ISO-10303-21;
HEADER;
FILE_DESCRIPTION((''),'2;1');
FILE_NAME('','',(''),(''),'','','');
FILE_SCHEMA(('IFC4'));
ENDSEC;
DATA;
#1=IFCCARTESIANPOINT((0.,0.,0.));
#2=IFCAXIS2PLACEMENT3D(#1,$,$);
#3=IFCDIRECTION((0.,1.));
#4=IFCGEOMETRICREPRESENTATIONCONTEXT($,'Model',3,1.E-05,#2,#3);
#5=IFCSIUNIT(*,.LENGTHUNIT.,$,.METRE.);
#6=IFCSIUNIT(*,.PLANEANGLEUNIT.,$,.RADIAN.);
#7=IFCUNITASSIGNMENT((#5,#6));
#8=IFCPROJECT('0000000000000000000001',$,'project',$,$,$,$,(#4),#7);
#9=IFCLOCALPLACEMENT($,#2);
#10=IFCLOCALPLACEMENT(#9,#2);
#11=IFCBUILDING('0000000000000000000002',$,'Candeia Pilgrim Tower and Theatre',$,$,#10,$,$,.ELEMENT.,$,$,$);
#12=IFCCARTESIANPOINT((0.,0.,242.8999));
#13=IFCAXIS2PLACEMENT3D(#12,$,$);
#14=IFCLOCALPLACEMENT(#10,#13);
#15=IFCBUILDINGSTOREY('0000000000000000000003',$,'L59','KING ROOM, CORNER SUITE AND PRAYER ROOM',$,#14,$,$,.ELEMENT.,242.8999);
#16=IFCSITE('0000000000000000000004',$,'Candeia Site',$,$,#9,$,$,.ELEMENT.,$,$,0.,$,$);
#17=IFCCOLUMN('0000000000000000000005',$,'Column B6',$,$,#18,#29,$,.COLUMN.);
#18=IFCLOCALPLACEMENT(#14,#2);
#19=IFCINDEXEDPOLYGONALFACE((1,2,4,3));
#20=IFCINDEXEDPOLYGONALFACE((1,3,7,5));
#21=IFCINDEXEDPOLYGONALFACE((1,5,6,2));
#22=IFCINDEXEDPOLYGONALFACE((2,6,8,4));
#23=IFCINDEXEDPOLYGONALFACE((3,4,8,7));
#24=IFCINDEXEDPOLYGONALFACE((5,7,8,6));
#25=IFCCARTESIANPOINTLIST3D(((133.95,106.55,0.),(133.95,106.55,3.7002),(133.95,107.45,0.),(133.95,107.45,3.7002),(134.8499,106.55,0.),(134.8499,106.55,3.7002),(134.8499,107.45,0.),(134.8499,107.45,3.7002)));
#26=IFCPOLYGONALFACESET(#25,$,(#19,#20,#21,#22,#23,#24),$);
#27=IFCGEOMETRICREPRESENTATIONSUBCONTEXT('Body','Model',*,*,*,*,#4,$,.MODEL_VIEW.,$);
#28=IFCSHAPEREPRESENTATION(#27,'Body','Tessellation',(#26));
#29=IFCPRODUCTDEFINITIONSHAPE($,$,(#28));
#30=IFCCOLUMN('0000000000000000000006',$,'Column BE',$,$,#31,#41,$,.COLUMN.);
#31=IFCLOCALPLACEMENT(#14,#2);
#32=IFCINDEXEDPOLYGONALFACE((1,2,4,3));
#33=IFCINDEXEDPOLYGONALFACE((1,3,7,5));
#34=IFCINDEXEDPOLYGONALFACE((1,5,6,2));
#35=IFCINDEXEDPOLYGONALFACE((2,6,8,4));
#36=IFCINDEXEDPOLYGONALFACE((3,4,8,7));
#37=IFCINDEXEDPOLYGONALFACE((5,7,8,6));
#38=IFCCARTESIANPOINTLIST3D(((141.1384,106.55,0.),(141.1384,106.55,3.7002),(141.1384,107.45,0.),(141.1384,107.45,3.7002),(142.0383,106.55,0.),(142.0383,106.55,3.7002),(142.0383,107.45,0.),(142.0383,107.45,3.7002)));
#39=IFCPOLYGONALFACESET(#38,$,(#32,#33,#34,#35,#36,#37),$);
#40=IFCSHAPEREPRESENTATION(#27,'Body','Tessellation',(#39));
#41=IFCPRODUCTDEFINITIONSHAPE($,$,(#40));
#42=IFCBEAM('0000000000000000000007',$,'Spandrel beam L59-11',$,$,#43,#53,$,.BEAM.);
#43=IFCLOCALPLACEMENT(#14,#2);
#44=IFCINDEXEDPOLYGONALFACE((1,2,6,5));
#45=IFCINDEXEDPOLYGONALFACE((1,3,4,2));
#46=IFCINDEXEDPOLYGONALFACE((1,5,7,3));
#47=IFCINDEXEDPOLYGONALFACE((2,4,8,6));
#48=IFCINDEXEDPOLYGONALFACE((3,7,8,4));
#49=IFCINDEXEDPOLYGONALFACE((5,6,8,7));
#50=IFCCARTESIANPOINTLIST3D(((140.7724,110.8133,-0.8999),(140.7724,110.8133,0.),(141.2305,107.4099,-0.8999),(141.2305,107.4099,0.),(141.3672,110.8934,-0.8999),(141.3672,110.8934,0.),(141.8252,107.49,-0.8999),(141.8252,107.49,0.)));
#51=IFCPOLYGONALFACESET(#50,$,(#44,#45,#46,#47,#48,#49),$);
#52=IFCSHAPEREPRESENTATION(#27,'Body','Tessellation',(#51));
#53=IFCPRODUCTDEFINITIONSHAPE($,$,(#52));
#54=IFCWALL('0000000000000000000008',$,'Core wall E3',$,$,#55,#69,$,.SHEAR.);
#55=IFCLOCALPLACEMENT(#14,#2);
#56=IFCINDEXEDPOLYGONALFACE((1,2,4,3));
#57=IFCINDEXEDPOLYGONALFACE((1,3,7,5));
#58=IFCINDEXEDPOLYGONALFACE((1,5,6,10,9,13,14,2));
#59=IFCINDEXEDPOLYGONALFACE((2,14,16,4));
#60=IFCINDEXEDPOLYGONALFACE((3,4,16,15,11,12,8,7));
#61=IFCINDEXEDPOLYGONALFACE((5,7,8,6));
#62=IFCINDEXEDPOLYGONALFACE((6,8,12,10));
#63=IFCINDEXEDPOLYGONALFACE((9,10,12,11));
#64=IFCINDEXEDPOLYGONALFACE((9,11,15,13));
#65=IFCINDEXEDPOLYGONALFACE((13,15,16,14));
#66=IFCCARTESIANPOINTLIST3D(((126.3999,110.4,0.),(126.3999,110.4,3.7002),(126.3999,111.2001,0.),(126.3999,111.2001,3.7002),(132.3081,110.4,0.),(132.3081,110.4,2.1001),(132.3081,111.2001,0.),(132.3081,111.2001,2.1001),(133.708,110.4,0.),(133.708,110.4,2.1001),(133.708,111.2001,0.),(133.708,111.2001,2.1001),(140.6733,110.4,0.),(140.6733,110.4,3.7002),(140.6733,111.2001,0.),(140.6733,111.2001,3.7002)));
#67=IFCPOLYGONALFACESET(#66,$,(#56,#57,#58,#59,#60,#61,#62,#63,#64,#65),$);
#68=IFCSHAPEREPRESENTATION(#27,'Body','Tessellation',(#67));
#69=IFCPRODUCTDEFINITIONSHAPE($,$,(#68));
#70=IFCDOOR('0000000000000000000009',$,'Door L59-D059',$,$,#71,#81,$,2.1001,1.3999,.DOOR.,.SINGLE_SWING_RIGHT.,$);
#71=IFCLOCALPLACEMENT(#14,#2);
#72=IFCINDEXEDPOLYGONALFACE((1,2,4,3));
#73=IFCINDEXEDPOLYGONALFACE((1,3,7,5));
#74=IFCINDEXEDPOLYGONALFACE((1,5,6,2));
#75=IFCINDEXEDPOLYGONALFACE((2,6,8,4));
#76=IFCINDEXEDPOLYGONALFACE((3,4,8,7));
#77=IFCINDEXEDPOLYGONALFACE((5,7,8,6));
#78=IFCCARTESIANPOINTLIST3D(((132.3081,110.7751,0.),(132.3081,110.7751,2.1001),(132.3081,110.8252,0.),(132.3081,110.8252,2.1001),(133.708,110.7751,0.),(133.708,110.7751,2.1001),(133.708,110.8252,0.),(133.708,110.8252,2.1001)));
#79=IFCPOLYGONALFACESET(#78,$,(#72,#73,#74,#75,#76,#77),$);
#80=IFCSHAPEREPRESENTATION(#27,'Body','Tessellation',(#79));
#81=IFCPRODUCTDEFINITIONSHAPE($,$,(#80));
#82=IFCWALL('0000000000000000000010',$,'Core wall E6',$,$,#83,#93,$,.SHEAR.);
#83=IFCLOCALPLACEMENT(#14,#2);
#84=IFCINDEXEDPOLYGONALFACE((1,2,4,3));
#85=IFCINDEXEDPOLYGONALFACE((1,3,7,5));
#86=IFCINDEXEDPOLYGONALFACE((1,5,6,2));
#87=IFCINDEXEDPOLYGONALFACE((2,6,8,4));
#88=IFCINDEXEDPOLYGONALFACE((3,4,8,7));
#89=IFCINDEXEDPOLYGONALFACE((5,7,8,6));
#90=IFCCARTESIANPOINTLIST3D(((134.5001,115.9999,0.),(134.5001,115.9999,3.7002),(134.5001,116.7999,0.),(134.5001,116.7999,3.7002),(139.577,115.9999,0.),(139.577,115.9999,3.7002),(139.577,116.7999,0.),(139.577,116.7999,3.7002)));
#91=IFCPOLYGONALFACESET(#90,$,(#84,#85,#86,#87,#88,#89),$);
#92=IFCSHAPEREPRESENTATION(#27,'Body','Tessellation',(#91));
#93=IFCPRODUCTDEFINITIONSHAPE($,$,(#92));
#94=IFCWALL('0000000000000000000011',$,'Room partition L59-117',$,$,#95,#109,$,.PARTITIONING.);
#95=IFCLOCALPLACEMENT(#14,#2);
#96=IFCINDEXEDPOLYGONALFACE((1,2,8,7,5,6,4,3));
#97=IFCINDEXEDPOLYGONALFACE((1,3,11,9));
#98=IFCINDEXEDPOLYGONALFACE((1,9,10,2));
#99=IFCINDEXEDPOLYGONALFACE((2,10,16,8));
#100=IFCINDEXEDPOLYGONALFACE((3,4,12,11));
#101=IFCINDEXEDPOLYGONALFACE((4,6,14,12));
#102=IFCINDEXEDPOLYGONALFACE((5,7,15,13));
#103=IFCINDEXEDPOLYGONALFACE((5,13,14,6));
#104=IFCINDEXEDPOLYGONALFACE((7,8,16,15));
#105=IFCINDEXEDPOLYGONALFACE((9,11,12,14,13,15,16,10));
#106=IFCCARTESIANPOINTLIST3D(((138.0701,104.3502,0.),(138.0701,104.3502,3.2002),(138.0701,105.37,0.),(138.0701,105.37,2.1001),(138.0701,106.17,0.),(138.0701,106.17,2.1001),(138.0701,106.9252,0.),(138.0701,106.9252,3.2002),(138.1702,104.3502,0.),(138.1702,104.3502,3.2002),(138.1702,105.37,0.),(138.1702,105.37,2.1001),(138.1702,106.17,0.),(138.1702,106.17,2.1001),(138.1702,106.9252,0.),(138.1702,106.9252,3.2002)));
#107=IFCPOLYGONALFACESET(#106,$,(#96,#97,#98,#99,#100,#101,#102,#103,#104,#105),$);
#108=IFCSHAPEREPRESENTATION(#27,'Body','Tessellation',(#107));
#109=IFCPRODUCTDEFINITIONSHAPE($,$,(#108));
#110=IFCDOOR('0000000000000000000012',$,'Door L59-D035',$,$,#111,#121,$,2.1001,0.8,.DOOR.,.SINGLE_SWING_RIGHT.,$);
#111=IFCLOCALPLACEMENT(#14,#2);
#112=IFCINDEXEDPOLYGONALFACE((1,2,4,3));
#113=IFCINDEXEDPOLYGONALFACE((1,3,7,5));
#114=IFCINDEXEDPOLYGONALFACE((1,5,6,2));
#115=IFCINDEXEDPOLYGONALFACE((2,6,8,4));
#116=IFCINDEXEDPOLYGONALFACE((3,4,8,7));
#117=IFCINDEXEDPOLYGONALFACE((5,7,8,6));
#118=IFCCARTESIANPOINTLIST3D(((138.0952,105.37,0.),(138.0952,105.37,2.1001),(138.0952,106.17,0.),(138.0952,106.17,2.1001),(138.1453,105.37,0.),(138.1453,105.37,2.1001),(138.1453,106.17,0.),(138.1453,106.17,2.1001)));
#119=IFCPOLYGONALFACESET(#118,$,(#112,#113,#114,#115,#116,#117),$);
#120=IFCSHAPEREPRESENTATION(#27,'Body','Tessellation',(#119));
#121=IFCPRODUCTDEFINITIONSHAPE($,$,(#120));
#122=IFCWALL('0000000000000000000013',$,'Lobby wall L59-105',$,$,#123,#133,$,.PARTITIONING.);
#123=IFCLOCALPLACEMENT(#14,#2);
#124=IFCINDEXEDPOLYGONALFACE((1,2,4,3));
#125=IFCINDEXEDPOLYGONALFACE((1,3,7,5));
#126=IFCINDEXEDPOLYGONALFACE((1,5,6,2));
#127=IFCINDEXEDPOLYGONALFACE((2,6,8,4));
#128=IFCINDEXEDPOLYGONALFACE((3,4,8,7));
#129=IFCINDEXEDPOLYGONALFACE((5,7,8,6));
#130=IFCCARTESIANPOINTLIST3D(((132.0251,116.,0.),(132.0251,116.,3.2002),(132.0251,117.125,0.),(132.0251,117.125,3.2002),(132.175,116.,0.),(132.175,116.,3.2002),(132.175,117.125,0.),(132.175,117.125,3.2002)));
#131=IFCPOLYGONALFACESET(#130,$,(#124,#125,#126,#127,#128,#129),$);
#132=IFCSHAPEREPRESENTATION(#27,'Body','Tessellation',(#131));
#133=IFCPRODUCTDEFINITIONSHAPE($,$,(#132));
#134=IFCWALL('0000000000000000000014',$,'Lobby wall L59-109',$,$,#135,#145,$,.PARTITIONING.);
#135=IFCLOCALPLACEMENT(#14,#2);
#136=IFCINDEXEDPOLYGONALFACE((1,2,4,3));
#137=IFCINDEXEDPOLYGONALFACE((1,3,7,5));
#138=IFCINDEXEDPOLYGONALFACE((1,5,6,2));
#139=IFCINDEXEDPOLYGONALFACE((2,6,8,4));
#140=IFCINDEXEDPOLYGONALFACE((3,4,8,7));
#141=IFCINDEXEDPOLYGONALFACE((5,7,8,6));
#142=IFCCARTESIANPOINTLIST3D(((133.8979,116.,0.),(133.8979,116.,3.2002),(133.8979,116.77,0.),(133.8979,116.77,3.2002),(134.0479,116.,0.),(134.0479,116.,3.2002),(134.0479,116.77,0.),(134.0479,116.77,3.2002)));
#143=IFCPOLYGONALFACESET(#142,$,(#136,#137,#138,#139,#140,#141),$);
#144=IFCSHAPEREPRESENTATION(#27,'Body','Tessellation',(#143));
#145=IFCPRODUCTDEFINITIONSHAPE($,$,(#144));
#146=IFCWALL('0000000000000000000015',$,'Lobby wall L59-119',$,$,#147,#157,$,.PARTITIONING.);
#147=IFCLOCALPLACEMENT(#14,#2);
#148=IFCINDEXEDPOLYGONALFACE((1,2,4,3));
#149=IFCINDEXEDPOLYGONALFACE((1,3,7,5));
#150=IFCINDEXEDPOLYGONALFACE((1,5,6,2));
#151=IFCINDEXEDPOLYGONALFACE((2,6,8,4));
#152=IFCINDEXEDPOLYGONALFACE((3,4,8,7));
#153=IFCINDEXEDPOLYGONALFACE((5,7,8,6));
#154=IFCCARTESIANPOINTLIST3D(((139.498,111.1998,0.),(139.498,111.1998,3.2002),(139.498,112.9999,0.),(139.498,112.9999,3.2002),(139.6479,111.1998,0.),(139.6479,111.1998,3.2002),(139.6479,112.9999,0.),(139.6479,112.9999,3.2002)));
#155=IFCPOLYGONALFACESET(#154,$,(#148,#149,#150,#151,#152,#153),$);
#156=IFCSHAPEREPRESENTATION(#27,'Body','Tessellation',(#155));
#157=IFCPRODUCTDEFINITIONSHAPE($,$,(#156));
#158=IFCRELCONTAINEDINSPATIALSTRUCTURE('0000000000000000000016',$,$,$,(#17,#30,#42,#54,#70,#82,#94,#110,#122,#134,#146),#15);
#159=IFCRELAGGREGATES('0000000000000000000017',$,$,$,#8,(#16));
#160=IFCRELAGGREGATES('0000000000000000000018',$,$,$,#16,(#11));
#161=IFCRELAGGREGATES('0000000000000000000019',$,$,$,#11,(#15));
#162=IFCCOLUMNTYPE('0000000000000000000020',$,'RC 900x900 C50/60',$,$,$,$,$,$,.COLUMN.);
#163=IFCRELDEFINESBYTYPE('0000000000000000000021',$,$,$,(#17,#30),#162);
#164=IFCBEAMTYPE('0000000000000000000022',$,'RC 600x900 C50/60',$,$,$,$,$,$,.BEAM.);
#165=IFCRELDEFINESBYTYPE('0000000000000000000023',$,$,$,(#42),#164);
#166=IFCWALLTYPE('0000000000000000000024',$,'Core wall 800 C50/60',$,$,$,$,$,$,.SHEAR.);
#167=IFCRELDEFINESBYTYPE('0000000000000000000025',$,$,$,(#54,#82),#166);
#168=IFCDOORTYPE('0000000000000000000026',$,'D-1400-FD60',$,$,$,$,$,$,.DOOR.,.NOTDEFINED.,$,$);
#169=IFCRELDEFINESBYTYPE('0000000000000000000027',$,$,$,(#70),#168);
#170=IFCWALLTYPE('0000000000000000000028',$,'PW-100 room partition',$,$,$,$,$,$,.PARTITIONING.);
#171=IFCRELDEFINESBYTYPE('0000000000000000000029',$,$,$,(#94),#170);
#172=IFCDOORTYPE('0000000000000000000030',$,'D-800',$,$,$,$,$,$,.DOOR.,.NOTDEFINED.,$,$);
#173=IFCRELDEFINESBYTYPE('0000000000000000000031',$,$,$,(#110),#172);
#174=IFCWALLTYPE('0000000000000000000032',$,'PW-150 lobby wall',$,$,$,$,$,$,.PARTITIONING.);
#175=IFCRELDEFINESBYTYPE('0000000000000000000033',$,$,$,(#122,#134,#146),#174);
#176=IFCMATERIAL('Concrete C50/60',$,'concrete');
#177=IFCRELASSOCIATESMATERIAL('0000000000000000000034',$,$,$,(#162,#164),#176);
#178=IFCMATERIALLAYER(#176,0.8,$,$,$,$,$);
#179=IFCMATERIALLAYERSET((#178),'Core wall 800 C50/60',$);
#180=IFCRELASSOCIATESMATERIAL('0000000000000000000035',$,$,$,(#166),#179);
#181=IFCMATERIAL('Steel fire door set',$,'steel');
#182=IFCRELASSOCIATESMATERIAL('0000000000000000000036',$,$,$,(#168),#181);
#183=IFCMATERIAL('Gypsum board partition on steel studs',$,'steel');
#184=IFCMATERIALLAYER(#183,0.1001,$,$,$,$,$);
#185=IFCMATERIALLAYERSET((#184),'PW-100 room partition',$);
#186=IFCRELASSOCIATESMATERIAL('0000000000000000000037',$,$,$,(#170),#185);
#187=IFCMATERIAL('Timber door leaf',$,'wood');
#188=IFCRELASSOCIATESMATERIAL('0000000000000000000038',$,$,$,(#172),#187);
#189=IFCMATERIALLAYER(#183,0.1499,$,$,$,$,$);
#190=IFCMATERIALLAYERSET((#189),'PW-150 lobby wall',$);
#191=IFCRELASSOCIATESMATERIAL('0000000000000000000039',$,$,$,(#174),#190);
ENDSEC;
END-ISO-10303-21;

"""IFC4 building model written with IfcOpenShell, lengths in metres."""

from ifc_helpers import new_model, si_unit, direction, frame, frame_2d, origin, origin_2d, place, context, subcontext, project, spatial, rectangle, extrude, material, layer, layer_set, material_profile, profile_set, type_object, element, fill, save


model = new_model("IFC4")

# Units and contexts
model_context = context("Model", 3, precision=1e-05, world=origin(), true_north=direction((0.0, 1.0)))
body_context = subcontext(model_context, "Body", "Model", "MODEL_VIEW")
ifc_project = project(units=[si_unit("LENGTHUNIT", "METRE"), si_unit("PLANEANGLEUNIT", "RADIAN")], contexts=[model_context])

# Site, building, storey
site_placement = place(None, origin())
site = spatial("IfcSite", under=ifc_project, at=site_placement, Name="Candeia Site", CompositionType="ELEMENT", RefElevation=0.0)
building_placement = place(site_placement, origin())
building = spatial("IfcBuilding", under=site, at=building_placement, Name="Candeia Pilgrim Tower and Theatre", CompositionType="ELEMENT")
storey_placement = place(building_placement, frame((0.0, 0.0, 242.8999)))
storey = spatial("IfcBuildingStorey", under=building, at=storey_placement, Name="L59", Description="KING ROOM, CORNER SUITE AND PRAYER ROOM", CompositionType="ELEMENT", Elevation=242.8999)

# Columns
ifc_material_1 = material(Name="Concrete C50/60", Category="concrete")
ifc_material_profile_1 = material_profile(ifc_material_1, rectangle(XDim=0.8999, YDim=0.8999, at=origin_2d()))
ifc_profile_set_1 = profile_set([ifc_material_profile_1], Name="Concrete C50/60")
column_type = type_object("IfcColumnType", Name="RC 900x900 C50/60", PredefinedType="COLUMN", material=ifc_profile_set_1)
for number, where, z_axis, x_axis, name in (
    (1, (134.3999, 107.0, 0.0), (0.0, 0.0, 1.0), (1.0, 0.0, 0.0), "Column B6"),
    (2, (141.5884, 107.0, 0.0), (0.0, 0.0, 1.0), (1.0, 0.0, 0.0), "Column BE"),
):
    element("IfcColumn", number, at=place(storey_placement, frame(where, z_axis=z_axis, x_axis=x_axis)), inside=storey, type_object=column_type, Name=name, PredefinedType="COLUMN", context=body_context, shape_type="SweptSolid", body=[
        extrude(rectangle(XDim=0.8999, YDim=0.8999, at=origin_2d()), origin(), (0.0, 0.0, 1.0), 3.7002),
    ])

# Beam
ifc_material_profile_2 = material_profile(ifc_material_1, rectangle(XDim=0.6001, YDim=0.8999, at=origin_2d()))
ifc_profile_set_2 = profile_set([ifc_material_profile_2], Name="Concrete C50/60")
beam_type = type_object("IfcBeamType", Name="RC 600x900 C50/60", PredefinedType="BEAM", material=ifc_profile_set_2)
beam_placement = place(storey_placement, frame((141.5278, 107.45, -0.45), z_axis=(-0.133374, 0.991066, 0.0), x_axis=(-0.991066, -0.133374, 0.0)))
element("IfcBeam", 3, at=beam_placement, inside=storey, type_object=beam_type, Name="Spandrel beam L59-11", PredefinedType="BEAM", context=body_context, shape_type="SweptSolid", body=[
    extrude(rectangle(XDim=0.6001, YDim=0.8999, at=origin_2d()), origin(), (0.0, 0.0, 1.0), 3.4341),
])

# Wall, opening, door
ifc_layer_1 = layer(ifc_material_1, 0.8)
ifc_layer_set_1 = layer_set([ifc_layer_1], Name="Core wall 800 C50/60")
wall_type_1 = type_object("IfcWallType", Name="Core wall 800 C50/60", PredefinedType="SHEAR", material=ifc_layer_set_1)
wall_1_placement = place(storey_placement, frame((140.6733, 110.8, 0.0), z_axis=(0.0, 0.0, 1.0), x_axis=(-1.0, 0.0, 0.0)))
wall_1 = element("IfcWall", 4, at=wall_1_placement, inside=storey, type_object=wall_type_1, Name="Core wall E3", PredefinedType="SHEAR", context=body_context, shape_type="SweptSolid", body=[
    extrude(rectangle(XDim=14.2734, YDim=0.8, at=frame_2d((7.1367, 0.0))), origin(), (0.0, 0.0, 1.0), 3.7002),
])
opening_1_placement = place(wall_1_placement, frame((6.9653, 0.0, 0.0)))
opening_1 = element("IfcOpeningElement", 5, at=opening_1_placement, cuts=wall_1, PredefinedType="OPENING", context=body_context, shape_type="SweptSolid", body=[
    extrude(rectangle(XDim=1.3999, YDim=2.1001, at=frame_2d((0.7, 1.05))), frame((0.0, 0.4102, 0.0), z_axis=(0.0, -1.0, 0.0), x_axis=(1.0, 0.0, 0.0)), (0.0, 0.0, 1.0), 0.8201),
])
ifc_material_2 = material(Name="Steel fire door set", Category="steel")
door_type_1 = type_object("IfcDoorType", Name="D-1400-FD60", OperationType="NOTDEFINED", PredefinedType="DOOR", material=ifc_material_2)
door_1_placement = place(opening_1_placement, origin())
door_1 = element("IfcDoor", 6, at=door_1_placement, inside=storey, type_object=door_type_1, Name="Door L59-D059", OperationType="SINGLE_SWING_RIGHT", OverallHeight=2.1001, OverallWidth=1.3999, PredefinedType="DOOR", context=body_context, shape_type="SweptSolid", body=[
    extrude(rectangle(XDim=1.3999, YDim=2.1001, at=frame_2d((0.7, 1.05))), frame((0.0, 0.0249, 0.0), z_axis=(0.0, -1.0, 0.0), x_axis=(1.0, 0.0, 0.0)), (0.0, 0.0, 1.0), 0.05),
])
fill(opening_1, door_1)

# Wall
wall_2_placement = place(storey_placement, frame((134.5, 116.3999, 0.0), z_axis=(0.0, 0.0, 1.0), x_axis=(1.0, 0.0, 0.0)))
element("IfcWall", 7, at=wall_2_placement, inside=storey, type_object=wall_type_1, Name="Core wall E6", PredefinedType="SHEAR", context=body_context, shape_type="SweptSolid", body=[
    extrude(rectangle(XDim=5.0769, YDim=0.8, at=frame_2d((2.5386, 0.0))), origin(), (0.0, 0.0, 1.0), 3.7002),
])

# Wall, opening, door
ifc_material_3 = material(Name="Gypsum board partition on steel studs", Category="steel")
ifc_layer_2 = layer(ifc_material_3, 0.1001)
ifc_layer_set_2 = layer_set([ifc_layer_2], Name="PW-100 room partition")
wall_type_2 = type_object("IfcWallType", Name="PW-100 room partition", PredefinedType="PARTITIONING", material=ifc_layer_set_2)
wall_3_placement = place(storey_placement, frame((138.1201, 104.3501, 0.0), z_axis=(0.0, 0.0, 1.0), x_axis=(0.0, 1.0, 0.0)))
wall_3 = element("IfcWall", 8, at=wall_3_placement, inside=storey, type_object=wall_type_2, Name="Room partition L59-117", PredefinedType="PARTITIONING", context=body_context, shape_type="SweptSolid", body=[
    extrude(rectangle(XDim=2.575, YDim=0.1001, at=frame_2d((1.2876, 0.0))), origin(), (0.0, 0.0, 1.0), 3.2002),
])
opening_2_placement = place(wall_3_placement, frame((1.02, 0.0, 0.0)))
opening_2 = element("IfcOpeningElement", 9, at=opening_2_placement, cuts=wall_3, PredefinedType="OPENING", context=body_context, shape_type="SweptSolid", body=[
    extrude(rectangle(XDim=0.8, YDim=2.1001, at=frame_2d((0.3999, 1.05))), frame((0.0, 0.0601, 0.0), z_axis=(0.0, -1.0, 0.0), x_axis=(1.0, 0.0, 0.0)), (0.0, 0.0, 1.0), 0.1201),
])
ifc_material_4 = material(Name="Timber door leaf", Category="wood")
door_type_2 = type_object("IfcDoorType", Name="D-800", OperationType="NOTDEFINED", PredefinedType="DOOR", material=ifc_material_4)
door_2_placement = place(opening_2_placement, origin())
door_2 = element("IfcDoor", 10, at=door_2_placement, inside=storey, type_object=door_type_2, Name="Door L59-D035", OperationType="SINGLE_SWING_RIGHT", OverallHeight=2.1001, OverallWidth=0.8, PredefinedType="DOOR", context=body_context, shape_type="SweptSolid", body=[
    extrude(rectangle(XDim=0.8, YDim=2.1001, at=frame_2d((0.3999, 1.05))), frame((0.0, 0.0249, 0.0), z_axis=(0.0, -1.0, 0.0), x_axis=(1.0, 0.0, 0.0)), (0.0, 0.0, 1.0), 0.05),
])
fill(opening_2, door_2)

# Walls
ifc_layer_3 = layer(ifc_material_3, 0.1499)
ifc_layer_set_3 = layer_set([ifc_layer_3], Name="PW-150 lobby wall")
wall_type_3 = type_object("IfcWallType", Name="PW-150 lobby wall", PredefinedType="PARTITIONING", material=ifc_layer_set_3)
wall_4_placement = place(storey_placement, frame((132.1001, 116.0, 0.0), z_axis=(0.0, 0.0, 1.0), x_axis=(0.0, 1.0, 0.0)))
element("IfcWall", 11, at=wall_4_placement, inside=storey, type_object=wall_type_3, Name="Lobby wall L59-105", PredefinedType="PARTITIONING", context=body_context, shape_type="SweptSolid", body=[
    extrude(rectangle(XDim=1.125, YDim=0.1499, at=frame_2d((0.5625, 0.0))), origin(), (0.0, 0.0, 1.0), 3.2002),
])
wall_5_placement = place(storey_placement, frame((133.9729, 116.0, 0.0), z_axis=(0.0, 0.0, 1.0), x_axis=(0.0, 1.0, 0.0)))
element("IfcWall", 12, at=wall_5_placement, inside=storey, type_object=wall_type_3, Name="Lobby wall L59-109", PredefinedType="PARTITIONING", context=body_context, shape_type="SweptSolid", body=[
    extrude(rectangle(XDim=0.77, YDim=0.1499, at=frame_2d((0.385, 0.0))), origin(), (0.0, 0.0, 1.0), 3.2002),
])
wall_6_placement = place(storey_placement, frame((139.573, 111.2, 0.0), z_axis=(0.0, 0.0, 1.0), x_axis=(0.0, 1.0, 0.0)))
element("IfcWall", 13, at=wall_6_placement, inside=storey, type_object=wall_type_3, Name="Lobby wall L59-119", PredefinedType="PARTITIONING", context=body_context, shape_type="SweptSolid", body=[
    extrude(rectangle(XDim=1.8, YDim=0.1499, at=frame_2d((0.8999, 0.0))), origin(), (0.0, 0.0, 1.0), 3.2002),
])

save(model, "model.ifc")
